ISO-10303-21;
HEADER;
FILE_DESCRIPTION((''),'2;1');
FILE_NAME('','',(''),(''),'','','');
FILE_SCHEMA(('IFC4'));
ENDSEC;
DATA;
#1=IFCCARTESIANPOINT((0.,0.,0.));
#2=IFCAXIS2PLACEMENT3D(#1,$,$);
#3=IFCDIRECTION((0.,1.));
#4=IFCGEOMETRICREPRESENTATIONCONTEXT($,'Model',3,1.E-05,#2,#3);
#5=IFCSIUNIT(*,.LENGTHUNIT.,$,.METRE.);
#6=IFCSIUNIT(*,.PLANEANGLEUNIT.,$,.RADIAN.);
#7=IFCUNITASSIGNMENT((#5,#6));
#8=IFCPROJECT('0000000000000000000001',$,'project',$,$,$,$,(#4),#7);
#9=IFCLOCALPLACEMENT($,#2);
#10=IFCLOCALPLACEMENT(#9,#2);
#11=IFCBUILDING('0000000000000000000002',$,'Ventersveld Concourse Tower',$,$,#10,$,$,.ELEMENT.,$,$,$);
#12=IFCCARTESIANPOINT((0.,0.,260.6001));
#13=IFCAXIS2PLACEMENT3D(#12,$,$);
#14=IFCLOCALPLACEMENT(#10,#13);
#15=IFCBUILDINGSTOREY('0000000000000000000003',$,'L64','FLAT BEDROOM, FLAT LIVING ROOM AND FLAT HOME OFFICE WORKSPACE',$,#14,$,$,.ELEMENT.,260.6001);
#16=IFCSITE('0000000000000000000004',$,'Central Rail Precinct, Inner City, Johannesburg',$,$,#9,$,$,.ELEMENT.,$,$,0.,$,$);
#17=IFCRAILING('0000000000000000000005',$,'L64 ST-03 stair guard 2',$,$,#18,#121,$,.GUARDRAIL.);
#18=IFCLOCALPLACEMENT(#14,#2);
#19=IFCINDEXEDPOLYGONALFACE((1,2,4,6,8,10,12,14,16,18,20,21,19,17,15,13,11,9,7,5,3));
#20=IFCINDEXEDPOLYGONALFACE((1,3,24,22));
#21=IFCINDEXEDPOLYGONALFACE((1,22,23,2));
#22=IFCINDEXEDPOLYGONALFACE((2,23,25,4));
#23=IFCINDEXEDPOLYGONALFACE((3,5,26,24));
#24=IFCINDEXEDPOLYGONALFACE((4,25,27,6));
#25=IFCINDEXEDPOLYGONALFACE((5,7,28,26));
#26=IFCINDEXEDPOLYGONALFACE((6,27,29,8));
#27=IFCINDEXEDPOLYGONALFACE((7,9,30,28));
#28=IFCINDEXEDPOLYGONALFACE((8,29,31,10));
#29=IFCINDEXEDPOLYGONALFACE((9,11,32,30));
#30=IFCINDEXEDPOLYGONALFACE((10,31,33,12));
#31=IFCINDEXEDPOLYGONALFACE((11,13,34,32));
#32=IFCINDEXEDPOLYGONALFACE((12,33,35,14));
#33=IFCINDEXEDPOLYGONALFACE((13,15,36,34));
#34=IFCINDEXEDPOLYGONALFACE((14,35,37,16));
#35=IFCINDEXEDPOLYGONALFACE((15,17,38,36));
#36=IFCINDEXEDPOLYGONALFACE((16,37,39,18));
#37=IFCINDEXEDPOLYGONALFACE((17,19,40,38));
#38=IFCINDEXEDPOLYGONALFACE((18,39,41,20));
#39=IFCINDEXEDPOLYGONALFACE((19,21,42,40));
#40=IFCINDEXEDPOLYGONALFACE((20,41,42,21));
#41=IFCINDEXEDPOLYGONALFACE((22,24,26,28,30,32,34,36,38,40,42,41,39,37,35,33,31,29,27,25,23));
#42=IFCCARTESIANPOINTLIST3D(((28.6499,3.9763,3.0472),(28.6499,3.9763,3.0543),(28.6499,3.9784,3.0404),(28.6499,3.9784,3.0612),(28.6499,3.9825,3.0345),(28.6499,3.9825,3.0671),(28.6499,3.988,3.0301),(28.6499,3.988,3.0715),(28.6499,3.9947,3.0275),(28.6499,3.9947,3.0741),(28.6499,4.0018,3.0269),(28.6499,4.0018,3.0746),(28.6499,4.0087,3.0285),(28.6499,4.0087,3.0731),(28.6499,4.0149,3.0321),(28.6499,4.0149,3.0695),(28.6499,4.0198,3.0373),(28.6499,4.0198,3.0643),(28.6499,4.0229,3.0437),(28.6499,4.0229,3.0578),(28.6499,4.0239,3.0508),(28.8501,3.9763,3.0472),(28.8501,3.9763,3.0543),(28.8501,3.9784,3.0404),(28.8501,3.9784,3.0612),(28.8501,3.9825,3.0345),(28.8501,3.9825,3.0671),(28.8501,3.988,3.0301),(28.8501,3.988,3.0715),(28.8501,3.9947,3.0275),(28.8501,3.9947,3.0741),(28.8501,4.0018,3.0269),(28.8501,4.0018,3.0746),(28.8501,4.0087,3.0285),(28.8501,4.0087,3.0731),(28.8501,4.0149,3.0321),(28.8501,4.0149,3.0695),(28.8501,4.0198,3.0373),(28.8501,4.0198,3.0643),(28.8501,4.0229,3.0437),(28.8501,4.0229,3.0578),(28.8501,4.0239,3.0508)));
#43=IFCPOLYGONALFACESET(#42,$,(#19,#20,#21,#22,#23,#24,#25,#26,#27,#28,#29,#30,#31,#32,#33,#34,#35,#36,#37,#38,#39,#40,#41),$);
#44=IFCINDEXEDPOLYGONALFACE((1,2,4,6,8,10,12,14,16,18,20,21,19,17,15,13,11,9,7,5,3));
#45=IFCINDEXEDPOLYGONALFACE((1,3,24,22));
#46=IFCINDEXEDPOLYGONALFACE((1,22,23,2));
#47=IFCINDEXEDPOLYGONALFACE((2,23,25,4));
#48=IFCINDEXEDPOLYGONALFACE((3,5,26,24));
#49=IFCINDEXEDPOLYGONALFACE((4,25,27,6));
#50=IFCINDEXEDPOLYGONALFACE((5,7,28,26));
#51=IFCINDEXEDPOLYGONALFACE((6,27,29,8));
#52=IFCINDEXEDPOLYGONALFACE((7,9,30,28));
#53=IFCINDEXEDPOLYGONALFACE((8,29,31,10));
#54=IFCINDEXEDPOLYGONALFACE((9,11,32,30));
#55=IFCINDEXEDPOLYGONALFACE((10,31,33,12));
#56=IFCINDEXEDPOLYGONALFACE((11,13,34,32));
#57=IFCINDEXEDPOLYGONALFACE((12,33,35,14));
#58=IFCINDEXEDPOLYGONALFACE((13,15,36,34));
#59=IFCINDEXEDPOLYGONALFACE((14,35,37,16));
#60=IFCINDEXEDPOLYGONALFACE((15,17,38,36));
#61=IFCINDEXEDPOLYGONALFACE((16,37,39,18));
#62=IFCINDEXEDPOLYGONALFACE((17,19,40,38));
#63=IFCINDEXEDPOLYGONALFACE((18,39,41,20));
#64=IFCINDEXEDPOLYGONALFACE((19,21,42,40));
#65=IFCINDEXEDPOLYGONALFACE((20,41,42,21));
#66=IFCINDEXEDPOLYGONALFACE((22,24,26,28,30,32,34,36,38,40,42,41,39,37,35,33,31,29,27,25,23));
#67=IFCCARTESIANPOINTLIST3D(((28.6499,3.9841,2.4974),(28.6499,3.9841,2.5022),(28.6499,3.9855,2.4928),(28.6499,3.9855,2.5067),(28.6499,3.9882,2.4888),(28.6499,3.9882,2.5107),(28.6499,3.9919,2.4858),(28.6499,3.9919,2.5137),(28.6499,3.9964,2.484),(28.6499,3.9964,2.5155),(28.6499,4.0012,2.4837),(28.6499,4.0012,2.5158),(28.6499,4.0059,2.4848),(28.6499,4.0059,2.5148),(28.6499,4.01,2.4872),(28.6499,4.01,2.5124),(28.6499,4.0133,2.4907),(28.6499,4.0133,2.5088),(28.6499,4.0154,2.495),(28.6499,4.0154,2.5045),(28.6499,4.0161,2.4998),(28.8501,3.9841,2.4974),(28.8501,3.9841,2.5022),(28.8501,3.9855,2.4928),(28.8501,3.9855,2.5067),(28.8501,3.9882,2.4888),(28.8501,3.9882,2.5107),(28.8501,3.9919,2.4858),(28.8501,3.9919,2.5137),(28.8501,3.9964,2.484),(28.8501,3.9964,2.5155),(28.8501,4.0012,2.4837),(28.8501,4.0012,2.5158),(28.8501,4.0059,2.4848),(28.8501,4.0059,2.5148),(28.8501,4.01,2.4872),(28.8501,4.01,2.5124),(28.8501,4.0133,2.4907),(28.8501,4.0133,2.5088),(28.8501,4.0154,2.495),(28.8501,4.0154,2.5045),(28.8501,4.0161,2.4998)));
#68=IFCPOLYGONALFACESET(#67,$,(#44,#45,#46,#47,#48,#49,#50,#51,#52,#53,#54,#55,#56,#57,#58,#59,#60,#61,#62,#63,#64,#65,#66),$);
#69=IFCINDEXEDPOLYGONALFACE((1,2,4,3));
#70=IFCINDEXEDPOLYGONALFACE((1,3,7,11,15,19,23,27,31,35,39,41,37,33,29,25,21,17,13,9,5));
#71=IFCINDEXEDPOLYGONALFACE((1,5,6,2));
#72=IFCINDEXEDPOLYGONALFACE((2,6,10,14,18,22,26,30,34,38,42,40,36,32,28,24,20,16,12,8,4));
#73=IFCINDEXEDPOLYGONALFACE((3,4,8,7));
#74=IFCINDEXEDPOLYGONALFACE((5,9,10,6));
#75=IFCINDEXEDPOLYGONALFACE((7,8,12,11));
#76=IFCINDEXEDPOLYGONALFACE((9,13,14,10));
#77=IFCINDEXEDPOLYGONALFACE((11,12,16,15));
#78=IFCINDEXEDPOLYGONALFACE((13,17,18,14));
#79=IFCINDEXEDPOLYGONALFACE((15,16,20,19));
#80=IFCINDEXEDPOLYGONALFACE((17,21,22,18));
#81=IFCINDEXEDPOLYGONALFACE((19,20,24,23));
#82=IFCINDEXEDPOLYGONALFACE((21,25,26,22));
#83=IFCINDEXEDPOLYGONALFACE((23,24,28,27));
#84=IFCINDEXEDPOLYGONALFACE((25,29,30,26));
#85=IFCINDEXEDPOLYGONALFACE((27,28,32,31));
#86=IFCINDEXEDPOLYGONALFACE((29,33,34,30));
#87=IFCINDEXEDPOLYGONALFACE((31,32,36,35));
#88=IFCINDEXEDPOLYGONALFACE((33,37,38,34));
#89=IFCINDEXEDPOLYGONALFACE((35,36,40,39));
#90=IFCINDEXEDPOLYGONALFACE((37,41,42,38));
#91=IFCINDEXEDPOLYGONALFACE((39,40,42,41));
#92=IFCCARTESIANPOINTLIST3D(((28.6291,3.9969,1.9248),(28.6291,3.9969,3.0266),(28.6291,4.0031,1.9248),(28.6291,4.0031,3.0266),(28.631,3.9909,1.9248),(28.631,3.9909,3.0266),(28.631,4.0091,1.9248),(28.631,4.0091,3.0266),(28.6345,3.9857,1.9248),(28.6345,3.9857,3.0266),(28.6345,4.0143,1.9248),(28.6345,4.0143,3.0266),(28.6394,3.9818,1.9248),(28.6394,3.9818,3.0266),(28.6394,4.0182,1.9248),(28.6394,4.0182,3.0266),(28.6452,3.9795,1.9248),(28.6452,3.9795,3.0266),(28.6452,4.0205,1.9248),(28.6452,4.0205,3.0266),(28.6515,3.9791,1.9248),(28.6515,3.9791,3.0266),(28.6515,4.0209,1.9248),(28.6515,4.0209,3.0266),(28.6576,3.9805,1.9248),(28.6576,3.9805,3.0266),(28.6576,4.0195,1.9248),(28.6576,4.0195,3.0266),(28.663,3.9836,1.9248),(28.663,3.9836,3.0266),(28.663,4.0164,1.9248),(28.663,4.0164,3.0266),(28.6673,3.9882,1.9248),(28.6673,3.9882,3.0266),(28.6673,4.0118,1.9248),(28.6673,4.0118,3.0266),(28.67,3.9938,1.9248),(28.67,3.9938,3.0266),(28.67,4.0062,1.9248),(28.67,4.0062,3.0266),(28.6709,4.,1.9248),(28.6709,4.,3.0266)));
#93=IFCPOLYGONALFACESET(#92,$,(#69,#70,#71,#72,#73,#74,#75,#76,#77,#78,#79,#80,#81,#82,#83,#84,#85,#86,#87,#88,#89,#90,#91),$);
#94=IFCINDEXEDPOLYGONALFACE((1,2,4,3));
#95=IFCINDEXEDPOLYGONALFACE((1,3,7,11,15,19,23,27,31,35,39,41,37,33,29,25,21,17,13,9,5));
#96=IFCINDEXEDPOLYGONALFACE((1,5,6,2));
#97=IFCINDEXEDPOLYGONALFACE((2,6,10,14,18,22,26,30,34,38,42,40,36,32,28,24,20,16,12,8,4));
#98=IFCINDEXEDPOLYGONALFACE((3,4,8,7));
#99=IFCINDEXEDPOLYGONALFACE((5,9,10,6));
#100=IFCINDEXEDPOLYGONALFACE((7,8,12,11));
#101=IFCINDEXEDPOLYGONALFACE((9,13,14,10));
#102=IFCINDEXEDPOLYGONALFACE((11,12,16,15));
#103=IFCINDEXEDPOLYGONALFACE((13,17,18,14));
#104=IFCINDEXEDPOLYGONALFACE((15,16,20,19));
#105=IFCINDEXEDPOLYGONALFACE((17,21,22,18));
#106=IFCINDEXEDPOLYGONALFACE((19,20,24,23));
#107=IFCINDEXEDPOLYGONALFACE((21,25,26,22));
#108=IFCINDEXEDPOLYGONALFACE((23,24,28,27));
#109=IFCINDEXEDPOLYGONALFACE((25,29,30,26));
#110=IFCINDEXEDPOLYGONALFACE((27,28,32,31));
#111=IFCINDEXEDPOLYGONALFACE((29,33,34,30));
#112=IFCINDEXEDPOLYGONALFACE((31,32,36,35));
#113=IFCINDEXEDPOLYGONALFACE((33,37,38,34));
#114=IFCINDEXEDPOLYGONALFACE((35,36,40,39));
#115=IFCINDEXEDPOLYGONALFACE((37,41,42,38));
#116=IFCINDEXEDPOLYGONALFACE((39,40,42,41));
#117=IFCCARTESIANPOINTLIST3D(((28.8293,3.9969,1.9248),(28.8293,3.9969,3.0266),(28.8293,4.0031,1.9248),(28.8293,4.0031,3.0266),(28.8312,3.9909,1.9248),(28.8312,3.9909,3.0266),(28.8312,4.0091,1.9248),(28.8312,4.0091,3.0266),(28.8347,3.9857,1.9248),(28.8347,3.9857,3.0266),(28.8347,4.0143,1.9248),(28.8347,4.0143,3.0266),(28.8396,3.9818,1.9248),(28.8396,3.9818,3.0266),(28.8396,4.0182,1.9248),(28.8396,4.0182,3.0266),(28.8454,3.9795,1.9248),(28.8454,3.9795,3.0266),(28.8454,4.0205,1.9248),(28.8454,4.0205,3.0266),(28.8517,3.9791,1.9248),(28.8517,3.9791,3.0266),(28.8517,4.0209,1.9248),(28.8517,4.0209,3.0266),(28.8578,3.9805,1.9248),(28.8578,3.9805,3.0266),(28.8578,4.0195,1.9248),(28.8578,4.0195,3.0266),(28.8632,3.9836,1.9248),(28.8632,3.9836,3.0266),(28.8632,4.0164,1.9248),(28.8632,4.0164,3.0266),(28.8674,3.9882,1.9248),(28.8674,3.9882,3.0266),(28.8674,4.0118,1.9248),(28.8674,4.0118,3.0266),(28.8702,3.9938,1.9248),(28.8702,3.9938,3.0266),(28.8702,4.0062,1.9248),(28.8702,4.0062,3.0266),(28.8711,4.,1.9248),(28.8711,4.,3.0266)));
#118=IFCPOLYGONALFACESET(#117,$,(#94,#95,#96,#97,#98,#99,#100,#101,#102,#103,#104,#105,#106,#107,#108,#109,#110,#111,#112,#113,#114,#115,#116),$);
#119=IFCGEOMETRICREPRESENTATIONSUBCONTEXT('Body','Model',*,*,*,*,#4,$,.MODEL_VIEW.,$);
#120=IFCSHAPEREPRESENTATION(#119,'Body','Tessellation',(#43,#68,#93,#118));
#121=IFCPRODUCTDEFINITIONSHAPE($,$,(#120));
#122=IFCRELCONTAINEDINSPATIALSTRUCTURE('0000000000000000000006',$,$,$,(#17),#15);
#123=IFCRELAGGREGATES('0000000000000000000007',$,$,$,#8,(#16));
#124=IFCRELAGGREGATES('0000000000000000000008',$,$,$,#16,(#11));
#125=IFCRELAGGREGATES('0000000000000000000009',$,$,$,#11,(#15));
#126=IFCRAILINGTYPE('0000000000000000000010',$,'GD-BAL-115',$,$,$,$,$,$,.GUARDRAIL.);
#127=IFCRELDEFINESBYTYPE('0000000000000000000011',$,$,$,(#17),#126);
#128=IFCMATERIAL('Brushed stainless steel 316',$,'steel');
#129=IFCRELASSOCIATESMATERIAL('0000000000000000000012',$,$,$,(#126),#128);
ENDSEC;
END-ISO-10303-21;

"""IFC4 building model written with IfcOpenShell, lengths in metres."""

from ifc_helpers import new_model, si_unit, direction, frame, origin, origin_2d, place, context, subcontext, project, spatial, circle, extrude, material, type_object, element, save


model = new_model("IFC4")

# Units and contexts
model_context = context("Model", 3, precision=1e-05, world=origin(), true_north=direction((0.0, 1.0)))
body_context = subcontext(model_context, "Body", "Model", "MODEL_VIEW")
ifc_project = project(units=[si_unit("LENGTHUNIT", "METRE"), si_unit("PLANEANGLEUNIT", "RADIAN")], contexts=[model_context])

# Site, building, storey
site_placement = place(None, origin())
site = spatial("IfcSite", under=ifc_project, at=site_placement, Name="Central Rail Precinct, Inner City, Johannesburg", CompositionType="ELEMENT", RefElevation=0.0)
building_placement = place(site_placement, origin())
building = spatial("IfcBuilding", under=site, at=building_placement, Name="Ventersveld Concourse Tower", CompositionType="ELEMENT")
storey_placement = place(building_placement, frame((0.0, 0.0, 260.6001)))
storey = spatial("IfcBuildingStorey", under=building, at=storey_placement, Name="L64", Description="FLAT BEDROOM, FLAT LIVING ROOM AND FLAT HOME OFFICE WORKSPACE", CompositionType="ELEMENT", Elevation=260.6001)

# Railing
ifc_material_1 = material(Name="Brushed stainless steel 316", Category="steel")
railing_type_1 = type_object("IfcRailingType", Name="GD-BAL-115", PredefinedType="GUARDRAIL", material=ifc_material_1)
railing_1_placement = place(storey_placement, frame((28.6499, 4.0, 1.9248)))
element("IfcRailing", 1, at=railing_1_placement, inside=storey, type_object=railing_type_1, Name="L64 ST-03 stair guard 2", PredefinedType="GUARDRAIL", context=body_context, shape_type="SweptSolid", body=[
    extrude(circle(Radius=0.0239, at=origin_2d()), frame((0.0, 0.0, 1.126), z_axis=(1.0, 0.0, 0.0), x_axis=(0.0, 1.0, 0.0)), (0.0, 0.0, 1.0), 0.2002),
    extrude(circle(Radius=0.0161, at=origin_2d()), frame((0.0, 0.0, 0.575), z_axis=(1.0, 0.0, 0.0), x_axis=(0.0, 1.0, 0.0)), (0.0, 0.0, 1.0), 0.2002),
    extrude(circle(Radius=0.021, at=origin_2d()), origin(), (0.0, 0.0, 1.0), 1.1018),
    extrude(circle(Radius=0.021, at=origin_2d()), frame((0.2002, 0.0, 0.0)), (0.0, 0.0, 1.0), 1.1018),
])

save(model, "model.ifc")
